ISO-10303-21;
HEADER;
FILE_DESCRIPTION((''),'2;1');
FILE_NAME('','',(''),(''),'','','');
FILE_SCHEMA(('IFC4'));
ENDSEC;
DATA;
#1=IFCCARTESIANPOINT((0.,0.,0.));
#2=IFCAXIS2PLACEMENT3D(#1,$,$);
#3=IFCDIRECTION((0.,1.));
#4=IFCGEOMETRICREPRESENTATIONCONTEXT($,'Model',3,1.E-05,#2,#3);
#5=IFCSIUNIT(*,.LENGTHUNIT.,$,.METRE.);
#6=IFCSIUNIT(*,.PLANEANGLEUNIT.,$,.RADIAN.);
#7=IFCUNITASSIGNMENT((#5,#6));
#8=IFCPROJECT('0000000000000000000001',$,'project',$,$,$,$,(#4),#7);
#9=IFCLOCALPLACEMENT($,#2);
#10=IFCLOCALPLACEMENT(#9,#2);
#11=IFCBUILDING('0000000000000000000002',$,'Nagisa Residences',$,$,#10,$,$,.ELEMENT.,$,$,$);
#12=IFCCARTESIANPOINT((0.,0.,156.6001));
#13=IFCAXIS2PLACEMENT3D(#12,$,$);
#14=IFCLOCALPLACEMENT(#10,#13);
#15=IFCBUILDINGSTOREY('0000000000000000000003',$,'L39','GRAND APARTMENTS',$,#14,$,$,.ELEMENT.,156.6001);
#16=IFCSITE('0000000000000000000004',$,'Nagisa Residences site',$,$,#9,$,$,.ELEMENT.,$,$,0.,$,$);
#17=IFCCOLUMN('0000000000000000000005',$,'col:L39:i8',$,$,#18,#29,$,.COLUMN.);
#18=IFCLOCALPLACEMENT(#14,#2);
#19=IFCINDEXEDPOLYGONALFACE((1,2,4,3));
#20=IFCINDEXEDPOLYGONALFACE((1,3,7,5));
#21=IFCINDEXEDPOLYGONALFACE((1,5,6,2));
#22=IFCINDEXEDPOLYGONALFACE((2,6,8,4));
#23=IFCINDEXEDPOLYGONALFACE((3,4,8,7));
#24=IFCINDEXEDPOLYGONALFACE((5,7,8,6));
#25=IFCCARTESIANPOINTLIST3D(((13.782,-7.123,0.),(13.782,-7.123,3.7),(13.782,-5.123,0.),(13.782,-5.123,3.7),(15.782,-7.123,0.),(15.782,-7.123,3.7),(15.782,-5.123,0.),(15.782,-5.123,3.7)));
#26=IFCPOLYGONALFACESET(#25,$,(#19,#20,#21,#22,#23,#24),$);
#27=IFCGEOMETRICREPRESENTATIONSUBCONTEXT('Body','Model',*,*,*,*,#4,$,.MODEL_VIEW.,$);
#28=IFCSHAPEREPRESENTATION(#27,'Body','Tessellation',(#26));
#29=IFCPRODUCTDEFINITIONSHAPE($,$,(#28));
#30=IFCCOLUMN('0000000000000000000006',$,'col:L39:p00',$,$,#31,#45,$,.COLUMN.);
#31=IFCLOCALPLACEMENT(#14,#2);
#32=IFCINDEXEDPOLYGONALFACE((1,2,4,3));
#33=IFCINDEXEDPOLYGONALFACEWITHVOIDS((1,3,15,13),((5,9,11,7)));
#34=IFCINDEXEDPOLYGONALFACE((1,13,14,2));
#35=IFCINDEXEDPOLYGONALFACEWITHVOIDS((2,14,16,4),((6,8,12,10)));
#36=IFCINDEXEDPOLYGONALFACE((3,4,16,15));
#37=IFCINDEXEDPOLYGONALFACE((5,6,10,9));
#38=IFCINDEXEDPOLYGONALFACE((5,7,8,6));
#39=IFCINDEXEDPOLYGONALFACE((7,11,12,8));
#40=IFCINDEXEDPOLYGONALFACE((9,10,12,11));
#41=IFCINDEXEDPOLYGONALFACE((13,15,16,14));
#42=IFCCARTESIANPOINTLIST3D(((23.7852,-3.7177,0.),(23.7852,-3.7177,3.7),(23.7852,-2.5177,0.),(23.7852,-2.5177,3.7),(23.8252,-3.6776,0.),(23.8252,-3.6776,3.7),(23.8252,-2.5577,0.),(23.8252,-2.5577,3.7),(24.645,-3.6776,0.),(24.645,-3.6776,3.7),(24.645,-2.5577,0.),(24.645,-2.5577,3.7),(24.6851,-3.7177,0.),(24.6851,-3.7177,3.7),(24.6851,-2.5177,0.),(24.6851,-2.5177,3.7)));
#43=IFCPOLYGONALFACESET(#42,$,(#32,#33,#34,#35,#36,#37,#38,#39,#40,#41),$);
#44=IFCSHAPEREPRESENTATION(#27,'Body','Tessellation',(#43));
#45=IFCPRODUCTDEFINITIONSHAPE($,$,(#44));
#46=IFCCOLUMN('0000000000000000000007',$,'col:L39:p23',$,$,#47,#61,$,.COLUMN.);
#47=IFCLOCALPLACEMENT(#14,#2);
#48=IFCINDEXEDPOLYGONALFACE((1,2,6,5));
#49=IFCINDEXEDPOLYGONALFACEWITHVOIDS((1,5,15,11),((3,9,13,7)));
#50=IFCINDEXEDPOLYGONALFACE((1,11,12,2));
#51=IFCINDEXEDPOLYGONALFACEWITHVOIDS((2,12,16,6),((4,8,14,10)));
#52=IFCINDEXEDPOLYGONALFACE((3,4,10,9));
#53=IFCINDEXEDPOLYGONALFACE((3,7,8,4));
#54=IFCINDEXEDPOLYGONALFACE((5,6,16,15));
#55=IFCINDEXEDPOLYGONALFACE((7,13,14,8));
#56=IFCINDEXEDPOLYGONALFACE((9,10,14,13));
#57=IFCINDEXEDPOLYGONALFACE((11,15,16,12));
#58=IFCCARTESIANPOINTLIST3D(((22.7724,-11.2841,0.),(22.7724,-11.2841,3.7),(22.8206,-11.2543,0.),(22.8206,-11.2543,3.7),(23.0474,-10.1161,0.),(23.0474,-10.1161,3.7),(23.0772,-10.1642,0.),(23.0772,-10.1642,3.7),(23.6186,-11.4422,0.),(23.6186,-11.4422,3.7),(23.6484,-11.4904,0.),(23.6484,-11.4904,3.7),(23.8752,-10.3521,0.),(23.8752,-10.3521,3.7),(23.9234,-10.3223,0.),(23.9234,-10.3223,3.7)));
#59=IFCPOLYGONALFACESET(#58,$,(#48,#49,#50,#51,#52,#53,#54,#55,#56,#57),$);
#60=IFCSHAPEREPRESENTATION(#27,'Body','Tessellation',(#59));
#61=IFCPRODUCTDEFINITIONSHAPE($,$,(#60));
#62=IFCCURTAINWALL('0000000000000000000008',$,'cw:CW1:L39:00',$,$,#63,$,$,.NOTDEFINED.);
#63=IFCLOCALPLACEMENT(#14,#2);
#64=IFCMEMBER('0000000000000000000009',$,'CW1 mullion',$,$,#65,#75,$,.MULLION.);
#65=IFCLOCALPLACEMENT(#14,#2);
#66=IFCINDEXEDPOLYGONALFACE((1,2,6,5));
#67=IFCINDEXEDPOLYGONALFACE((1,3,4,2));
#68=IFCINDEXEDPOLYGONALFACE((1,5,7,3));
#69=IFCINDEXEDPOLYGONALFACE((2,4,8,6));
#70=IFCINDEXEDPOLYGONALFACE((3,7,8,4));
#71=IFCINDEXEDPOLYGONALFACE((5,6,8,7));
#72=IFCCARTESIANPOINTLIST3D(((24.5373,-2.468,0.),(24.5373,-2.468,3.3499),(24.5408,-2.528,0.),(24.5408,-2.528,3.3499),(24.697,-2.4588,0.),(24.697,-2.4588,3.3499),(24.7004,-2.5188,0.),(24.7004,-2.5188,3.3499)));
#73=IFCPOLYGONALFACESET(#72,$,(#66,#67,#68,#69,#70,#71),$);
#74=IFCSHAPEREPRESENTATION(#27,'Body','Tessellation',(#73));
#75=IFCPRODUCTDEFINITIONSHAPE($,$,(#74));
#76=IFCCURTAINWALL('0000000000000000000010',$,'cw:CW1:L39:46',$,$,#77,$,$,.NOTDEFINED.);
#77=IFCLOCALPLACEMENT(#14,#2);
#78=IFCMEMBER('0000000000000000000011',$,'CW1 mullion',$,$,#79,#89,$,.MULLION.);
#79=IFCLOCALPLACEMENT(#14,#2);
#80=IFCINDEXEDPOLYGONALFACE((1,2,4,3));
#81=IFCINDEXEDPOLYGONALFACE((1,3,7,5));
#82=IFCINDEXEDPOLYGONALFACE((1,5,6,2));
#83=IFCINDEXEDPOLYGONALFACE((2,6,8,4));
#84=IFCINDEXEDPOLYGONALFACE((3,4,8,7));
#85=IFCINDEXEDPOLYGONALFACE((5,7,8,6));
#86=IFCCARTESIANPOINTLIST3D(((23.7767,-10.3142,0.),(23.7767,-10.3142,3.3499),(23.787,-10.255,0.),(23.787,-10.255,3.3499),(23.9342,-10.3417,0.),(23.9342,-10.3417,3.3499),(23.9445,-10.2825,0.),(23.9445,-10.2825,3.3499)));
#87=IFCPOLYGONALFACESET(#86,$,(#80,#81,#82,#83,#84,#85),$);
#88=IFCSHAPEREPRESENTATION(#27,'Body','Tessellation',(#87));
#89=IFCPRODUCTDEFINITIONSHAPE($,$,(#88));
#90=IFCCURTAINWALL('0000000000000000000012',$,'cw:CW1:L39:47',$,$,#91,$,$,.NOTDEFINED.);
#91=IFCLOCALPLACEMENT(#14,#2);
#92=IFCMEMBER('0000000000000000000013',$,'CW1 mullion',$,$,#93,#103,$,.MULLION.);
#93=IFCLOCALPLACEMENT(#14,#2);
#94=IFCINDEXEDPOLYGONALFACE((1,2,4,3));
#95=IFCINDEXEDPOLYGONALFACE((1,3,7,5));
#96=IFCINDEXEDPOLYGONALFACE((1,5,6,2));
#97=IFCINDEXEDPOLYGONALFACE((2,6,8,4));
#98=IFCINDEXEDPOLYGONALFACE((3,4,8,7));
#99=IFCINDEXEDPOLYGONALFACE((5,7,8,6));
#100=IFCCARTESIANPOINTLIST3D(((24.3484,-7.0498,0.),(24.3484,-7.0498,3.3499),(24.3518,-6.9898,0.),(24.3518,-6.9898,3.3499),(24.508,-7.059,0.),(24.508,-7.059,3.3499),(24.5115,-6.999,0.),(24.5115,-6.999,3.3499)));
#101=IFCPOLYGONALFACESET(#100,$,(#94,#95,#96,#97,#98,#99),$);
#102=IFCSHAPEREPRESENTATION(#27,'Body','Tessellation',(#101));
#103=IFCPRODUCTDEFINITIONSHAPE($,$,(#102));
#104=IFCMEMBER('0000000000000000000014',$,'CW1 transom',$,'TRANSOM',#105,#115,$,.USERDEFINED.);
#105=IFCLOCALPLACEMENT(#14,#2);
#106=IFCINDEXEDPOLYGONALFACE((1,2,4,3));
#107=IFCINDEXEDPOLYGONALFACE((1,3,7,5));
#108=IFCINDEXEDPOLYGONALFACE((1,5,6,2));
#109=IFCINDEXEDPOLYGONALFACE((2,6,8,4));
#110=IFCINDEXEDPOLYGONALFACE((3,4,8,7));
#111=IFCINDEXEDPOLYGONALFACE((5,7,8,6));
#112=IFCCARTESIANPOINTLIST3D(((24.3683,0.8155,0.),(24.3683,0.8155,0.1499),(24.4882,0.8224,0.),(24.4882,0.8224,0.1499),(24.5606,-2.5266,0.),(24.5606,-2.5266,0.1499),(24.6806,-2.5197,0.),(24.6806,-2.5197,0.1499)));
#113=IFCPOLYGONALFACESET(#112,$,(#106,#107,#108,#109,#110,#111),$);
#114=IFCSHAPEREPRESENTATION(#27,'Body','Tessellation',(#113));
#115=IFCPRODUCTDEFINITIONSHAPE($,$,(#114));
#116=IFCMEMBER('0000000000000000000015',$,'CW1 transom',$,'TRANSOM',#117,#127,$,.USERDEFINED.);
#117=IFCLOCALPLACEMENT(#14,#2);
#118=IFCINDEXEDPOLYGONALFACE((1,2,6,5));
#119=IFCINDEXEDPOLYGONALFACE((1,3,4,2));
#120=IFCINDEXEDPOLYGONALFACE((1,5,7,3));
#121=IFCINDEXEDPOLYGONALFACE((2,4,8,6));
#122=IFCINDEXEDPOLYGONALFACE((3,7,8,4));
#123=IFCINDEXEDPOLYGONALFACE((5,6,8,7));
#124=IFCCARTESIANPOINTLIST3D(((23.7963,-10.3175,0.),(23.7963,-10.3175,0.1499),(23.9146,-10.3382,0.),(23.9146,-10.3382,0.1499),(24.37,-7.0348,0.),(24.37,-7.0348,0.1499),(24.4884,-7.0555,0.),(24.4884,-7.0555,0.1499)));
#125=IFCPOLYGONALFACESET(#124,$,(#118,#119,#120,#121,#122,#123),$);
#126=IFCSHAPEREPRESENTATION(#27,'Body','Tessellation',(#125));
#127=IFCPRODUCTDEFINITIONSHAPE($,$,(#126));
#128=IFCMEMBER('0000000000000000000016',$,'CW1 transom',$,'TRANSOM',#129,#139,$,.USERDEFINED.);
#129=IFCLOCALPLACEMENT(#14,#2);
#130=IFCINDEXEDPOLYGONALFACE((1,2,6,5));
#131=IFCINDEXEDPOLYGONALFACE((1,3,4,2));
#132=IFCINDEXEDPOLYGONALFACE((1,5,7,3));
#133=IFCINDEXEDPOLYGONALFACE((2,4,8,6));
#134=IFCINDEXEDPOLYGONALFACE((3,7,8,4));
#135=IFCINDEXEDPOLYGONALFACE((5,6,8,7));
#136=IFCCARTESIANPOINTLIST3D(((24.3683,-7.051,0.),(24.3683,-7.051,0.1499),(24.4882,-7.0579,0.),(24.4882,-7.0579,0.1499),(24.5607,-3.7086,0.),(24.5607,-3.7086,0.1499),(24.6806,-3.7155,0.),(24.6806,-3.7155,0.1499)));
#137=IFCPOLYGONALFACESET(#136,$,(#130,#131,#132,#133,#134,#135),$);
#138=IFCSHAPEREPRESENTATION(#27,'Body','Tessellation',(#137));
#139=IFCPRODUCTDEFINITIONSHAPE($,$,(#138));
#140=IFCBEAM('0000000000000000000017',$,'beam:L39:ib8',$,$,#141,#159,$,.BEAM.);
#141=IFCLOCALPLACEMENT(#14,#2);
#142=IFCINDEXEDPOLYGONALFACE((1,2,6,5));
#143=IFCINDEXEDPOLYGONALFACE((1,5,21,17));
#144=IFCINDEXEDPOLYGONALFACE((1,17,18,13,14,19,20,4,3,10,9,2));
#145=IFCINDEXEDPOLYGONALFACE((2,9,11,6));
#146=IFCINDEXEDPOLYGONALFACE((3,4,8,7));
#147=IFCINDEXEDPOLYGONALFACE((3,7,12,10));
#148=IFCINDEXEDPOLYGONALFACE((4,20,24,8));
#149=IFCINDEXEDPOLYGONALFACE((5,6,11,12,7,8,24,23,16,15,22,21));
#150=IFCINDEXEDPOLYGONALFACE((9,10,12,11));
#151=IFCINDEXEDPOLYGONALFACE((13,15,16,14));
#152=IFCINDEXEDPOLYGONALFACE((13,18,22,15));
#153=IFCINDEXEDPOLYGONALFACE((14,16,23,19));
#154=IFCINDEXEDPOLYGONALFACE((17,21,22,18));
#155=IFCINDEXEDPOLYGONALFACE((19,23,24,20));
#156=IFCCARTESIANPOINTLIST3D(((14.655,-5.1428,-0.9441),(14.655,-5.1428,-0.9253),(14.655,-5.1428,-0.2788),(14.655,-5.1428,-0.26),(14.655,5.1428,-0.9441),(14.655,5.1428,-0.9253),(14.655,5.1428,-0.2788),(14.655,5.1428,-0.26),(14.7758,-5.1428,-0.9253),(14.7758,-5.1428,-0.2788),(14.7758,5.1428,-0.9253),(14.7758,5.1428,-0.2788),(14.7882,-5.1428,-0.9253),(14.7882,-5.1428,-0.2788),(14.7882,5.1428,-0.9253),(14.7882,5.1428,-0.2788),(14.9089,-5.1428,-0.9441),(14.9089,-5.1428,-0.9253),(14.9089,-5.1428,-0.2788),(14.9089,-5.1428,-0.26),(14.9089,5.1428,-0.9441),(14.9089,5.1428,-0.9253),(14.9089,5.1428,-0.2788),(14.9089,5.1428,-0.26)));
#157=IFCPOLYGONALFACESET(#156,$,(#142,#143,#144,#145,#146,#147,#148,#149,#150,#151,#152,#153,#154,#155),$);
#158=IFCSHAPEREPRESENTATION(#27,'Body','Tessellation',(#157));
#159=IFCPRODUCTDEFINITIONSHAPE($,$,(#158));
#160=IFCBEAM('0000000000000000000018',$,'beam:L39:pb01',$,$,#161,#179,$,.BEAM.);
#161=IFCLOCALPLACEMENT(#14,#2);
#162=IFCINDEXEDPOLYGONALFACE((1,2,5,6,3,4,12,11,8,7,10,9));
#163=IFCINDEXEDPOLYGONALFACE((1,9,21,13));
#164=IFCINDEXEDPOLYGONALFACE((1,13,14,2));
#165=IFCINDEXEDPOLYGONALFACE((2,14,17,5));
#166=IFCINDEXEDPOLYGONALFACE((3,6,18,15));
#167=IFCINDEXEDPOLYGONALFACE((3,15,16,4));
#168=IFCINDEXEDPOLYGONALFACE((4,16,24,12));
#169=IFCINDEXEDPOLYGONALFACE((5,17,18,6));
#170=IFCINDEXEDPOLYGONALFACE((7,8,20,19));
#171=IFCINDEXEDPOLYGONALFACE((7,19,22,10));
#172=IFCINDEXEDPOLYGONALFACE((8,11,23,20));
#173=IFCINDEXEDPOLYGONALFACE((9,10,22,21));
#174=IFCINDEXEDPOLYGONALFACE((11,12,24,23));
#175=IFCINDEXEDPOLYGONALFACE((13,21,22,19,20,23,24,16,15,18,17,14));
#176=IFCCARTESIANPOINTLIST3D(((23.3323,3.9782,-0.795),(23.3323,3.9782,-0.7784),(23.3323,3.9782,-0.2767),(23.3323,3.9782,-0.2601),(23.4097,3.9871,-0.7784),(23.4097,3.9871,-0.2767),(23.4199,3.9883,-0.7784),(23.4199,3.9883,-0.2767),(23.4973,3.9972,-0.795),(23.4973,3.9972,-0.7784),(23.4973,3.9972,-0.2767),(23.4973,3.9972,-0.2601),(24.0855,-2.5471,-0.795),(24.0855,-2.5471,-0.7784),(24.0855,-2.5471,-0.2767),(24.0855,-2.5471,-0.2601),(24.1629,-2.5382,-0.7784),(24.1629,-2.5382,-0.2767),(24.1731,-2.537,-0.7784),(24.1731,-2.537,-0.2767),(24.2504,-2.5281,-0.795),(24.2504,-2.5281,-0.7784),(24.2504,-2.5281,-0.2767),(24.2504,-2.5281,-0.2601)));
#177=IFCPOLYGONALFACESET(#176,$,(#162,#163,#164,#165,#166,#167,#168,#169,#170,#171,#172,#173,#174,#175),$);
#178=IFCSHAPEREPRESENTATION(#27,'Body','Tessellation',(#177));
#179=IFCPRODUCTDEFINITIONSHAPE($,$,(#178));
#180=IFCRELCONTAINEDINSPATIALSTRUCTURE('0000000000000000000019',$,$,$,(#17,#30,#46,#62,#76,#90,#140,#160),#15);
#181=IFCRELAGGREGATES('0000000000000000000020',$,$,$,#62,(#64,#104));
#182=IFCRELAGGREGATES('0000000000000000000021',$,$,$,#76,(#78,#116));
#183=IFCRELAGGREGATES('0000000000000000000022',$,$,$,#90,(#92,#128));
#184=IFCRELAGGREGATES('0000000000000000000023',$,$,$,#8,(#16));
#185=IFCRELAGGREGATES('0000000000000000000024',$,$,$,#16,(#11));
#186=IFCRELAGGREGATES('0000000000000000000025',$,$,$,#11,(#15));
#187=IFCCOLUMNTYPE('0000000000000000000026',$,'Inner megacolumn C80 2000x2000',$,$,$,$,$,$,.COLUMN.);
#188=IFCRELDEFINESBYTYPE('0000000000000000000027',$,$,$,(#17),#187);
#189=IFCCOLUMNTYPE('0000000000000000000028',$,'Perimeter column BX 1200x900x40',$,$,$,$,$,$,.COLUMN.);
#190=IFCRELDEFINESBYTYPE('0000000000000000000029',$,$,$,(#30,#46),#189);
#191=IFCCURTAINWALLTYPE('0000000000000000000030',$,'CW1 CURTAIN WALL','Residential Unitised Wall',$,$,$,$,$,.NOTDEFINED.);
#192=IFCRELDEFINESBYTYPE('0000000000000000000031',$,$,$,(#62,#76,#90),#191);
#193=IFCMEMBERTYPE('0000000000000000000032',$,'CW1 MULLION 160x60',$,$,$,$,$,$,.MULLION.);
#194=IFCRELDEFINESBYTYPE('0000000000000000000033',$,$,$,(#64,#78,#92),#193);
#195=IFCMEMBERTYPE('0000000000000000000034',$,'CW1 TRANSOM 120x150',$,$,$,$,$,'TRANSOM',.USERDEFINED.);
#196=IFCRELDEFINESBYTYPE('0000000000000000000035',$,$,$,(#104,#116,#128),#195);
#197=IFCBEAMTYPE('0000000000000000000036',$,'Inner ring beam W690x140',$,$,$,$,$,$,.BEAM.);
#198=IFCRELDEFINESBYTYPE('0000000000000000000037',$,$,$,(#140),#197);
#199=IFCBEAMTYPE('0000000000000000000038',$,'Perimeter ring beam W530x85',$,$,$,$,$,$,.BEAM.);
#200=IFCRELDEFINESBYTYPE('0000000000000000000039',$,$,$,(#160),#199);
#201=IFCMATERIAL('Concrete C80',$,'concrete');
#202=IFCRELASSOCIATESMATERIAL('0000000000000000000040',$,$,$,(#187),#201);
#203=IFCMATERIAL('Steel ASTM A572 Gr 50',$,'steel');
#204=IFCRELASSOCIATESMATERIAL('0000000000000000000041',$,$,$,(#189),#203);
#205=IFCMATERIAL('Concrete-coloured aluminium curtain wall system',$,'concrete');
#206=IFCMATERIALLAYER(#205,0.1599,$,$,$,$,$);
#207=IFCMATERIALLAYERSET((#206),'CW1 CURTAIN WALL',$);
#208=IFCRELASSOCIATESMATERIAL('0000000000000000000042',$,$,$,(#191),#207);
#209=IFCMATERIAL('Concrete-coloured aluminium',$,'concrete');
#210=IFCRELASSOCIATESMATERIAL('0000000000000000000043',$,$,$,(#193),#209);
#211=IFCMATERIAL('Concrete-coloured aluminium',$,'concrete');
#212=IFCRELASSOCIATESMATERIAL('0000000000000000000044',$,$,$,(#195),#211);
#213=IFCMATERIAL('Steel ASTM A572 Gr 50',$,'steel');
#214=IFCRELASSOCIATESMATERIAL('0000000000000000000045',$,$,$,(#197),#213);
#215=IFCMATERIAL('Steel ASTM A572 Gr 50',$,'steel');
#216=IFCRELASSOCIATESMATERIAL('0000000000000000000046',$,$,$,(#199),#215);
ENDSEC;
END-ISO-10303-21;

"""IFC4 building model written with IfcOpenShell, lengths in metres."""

from ifc_helpers import new_model, si_unit, direction, frame, origin, origin_2d, place, context, subcontext, project, spatial, rectangle, hollow_rectangle, i_section, extrude, material, layer, layer_set, material_profile, profile_set, type_object, element, aggregate, save


model = new_model("IFC4")

# Units and contexts
model_context = context("Model", 3, precision=1e-05, world=origin(), true_north=direction((0.0, 1.0)))
body_context = subcontext(model_context, "Body", "Model", "MODEL_VIEW")
ifc_project = project(units=[si_unit("LENGTHUNIT", "METRE"), si_unit("PLANEANGLEUNIT", "RADIAN")], contexts=[model_context])

# Site, building, storey
site_placement = place(None, origin())
site = spatial("IfcSite", under=ifc_project, at=site_placement, Name="Nagisa Residences site", CompositionType="ELEMENT", RefElevation=0.0)
building_placement = place(site_placement, origin())
building = spatial("IfcBuilding", under=site, at=building_placement, Name="Nagisa Residences", CompositionType="ELEMENT")
storey_placement = place(building_placement, frame((0.0, 0.0, 156.6001)))
storey = spatial("IfcBuildingStorey", under=building, at=storey_placement, Name="L39", Description="GRAND APARTMENTS", CompositionType="ELEMENT", Elevation=156.6001)

# Columns
ifc_material_1 = material(Name="Concrete C80", Category="concrete")
ifc_material_profile_1 = material_profile(ifc_material_1, rectangle(XDim=2.0, YDim=2.0, at=origin_2d()), Name="C80 2000x2000")
ifc_profile_set_1 = profile_set([ifc_material_profile_1], Name="Concrete C80")
column_type_1 = type_object("IfcColumnType", Name="Inner megacolumn C80 2000x2000", PredefinedType="COLUMN", material=ifc_profile_set_1)
column_placement = place(storey_placement, frame((14.782, -6.123, 0.0), z_axis=(0.0, 0.0, 1.0), x_axis=(1.0, 0.0, 0.0)))
element("IfcColumn", 1, at=column_placement, inside=storey, type_object=column_type_1, Name="col:L39:i8", PredefinedType="COLUMN", context=body_context, shape_type="SweptSolid", body=[
    extrude(rectangle(XDim=2.0, YDim=2.0, at=origin_2d()), origin(), (0.0, 0.0, 1.0), 3.7),
])
ifc_material_2 = material(Name="Steel ASTM A572 Gr 50", Category="steel")
ifc_material_profile_2 = material_profile(ifc_material_2, hollow_rectangle(XDim=1.2, YDim=0.8999, WallThickness=0.04, at=origin_2d()), Name="BX 1200x900x40")
ifc_profile_set_2 = profile_set([ifc_material_profile_2], Name="Steel ASTM A572 Gr 50")
column_type_2 = type_object("IfcColumnType", Name="Perimeter column BX 1200x900x40", PredefinedType="COLUMN", material=ifc_profile_set_2)
for number, where, z_axis, x_axis, name in (
    (2, (24.2351, -3.1177, 0.0), (0.0, 0.0, 1.0), (0.0, 1.0, 0.0), "col:L39:p00"),
    (3, (23.3479, -10.8032, 0.0), (0.0, 0.0, 1.0), (0.229202, 0.973379, 0.0), "col:L39:p23"),
):
    element("IfcColumn", number, at=place(storey_placement, frame(where, z_axis=z_axis, x_axis=x_axis)), inside=storey, type_object=column_type_2, Name=name, PredefinedType="COLUMN", context=body_context, shape_type="SweptSolid", body=[
        extrude(hollow_rectangle(XDim=1.2, YDim=0.8999, WallThickness=0.04, at=origin_2d()), origin(), (0.0, 0.0, 1.0), 3.7),
    ])

# Curtain walls, members
ifc_material_3 = material(Name="Concrete-coloured aluminium curtain wall system", Category="concrete")
ifc_layer_1 = layer(ifc_material_3, 0.1599)
ifc_layer_set_1 = layer_set([ifc_layer_1], Name="CW1 CURTAIN WALL")
curtain_wall_type = type_object("IfcCurtainWallType", Name="CW1 CURTAIN WALL", Description="Residential Unitised Wall", PredefinedType="NOTDEFINED", material=ifc_layer_set_1)
curtain_wall_1_placement = place(storey_placement, origin())
curtain_wall_1 = element("IfcCurtainWall", 4, at=curtain_wall_1_placement, inside=storey, type_object=curtain_wall_type, Name="cw:CW1:L39:00", PredefinedType="NOTDEFINED")
ifc_material_4 = material(Name="Concrete-coloured aluminium", Category="concrete")
ifc_material_profile_3 = material_profile(ifc_material_4, rectangle(XDim=0.1599, YDim=0.0601, at=origin_2d()), Name="CW1 MULLION 160x60")
ifc_profile_set_3 = profile_set([ifc_material_profile_3], Name="Concrete-coloured aluminium")
member_type_1 = type_object("IfcMemberType", Name="CW1 MULLION 160x60", PredefinedType="MULLION", material=ifc_profile_set_3)
member_1_placement = place(storey_placement, frame((24.6189, -2.4934, 0.0), z_axis=(0.0, 0.0, 1.0), x_axis=(-0.998345, -0.057503, 0.0)))
member_1 = element("IfcMember", 5, at=member_1_placement, type_object=member_type_1, Name="CW1 mullion", PredefinedType="MULLION", context=body_context, shape_type="SweptSolid", body=[
    extrude(rectangle(XDim=0.1599, YDim=0.0601, at=origin_2d()), origin(), (0.0, 0.0, 1.0), 3.3499),
])
curtain_wall_2_placement = place(storey_placement, origin())
curtain_wall_2 = element("IfcCurtainWall", 6, at=curtain_wall_2_placement, inside=storey, type_object=curtain_wall_type, Name="cw:CW1:L39:46", PredefinedType="NOTDEFINED")
member_2_placement = place(storey_placement, frame((23.8606, -10.2983, 0.0), z_axis=(0.0, 0.0, 1.0), x_axis=(-0.985064, 0.172191, 0.0)))
member_2 = element("IfcMember", 7, at=member_2_placement, type_object=member_type_1, Name="CW1 mullion", PredefinedType="MULLION", context=body_context, shape_type="SweptSolid", body=[
    extrude(rectangle(XDim=0.1599, YDim=0.0601, at=origin_2d()), origin(), (0.0, 0.0, 1.0), 3.3499),
])
curtain_wall_3_placement = place(storey_placement, origin())
curtain_wall_3 = element("IfcCurtainWall", 8, at=curtain_wall_3_placement, inside=storey, type_object=curtain_wall_type, Name="cw:CW1:L39:47", PredefinedType="NOTDEFINED")
member_3_placement = place(storey_placement, frame((24.4299, -7.0244, 0.0), z_axis=(0.0, 0.0, 1.0), x_axis=(-0.998345, 0.057503, 0.0)))
member_3 = element("IfcMember", 9, at=member_3_placement, type_object=member_type_1, Name="CW1 mullion", PredefinedType="MULLION", context=body_context, shape_type="SweptSolid", body=[
    extrude(rectangle(XDim=0.1599, YDim=0.0601, at=origin_2d()), origin(), (0.0, 0.0, 1.0), 3.3499),
])

# Members
ifc_material_5 = material(Name="Concrete-coloured aluminium", Category="concrete")
ifc_material_profile_4 = material_profile(ifc_material_5, rectangle(XDim=0.1201, YDim=0.1499, at=origin_2d()), Name="CW1 TRANSOM 120x150")
ifc_profile_set_4 = profile_set([ifc_material_profile_4], Name="Concrete-coloured aluminium")
member_type_2 = type_object("IfcMemberType", Name="CW1 TRANSOM 120x150", ElementType="TRANSOM", PredefinedType="USERDEFINED", material=ifc_profile_set_4)
member_4_placement = place(storey_placement, frame((24.6206, -2.5232, 0.075), z_axis=(-0.057469, 0.998347, 0.0), x_axis=(-0.998347, -0.057469, 0.0)))
member_4 = element("IfcMember", 10, at=member_4_placement, type_object=member_type_2, Name="CW1 transom", ObjectType="TRANSOM", PredefinedType="USERDEFINED", context=body_context, shape_type="SweptSolid", body=[
    extrude(rectangle(XDim=0.1201, YDim=0.1499, at=origin_2d()), origin(), (0.0, 0.0, 1.0), 3.3477),
])
member_5_placement = place(storey_placement, frame((23.8555, -10.3279, 0.075), z_axis=(0.172164, 0.985068, 0.0), x_axis=(-0.985068, 0.172164, 0.0)))
member_5 = element("IfcMember", 11, at=member_5_placement, type_object=member_type_2, Name="CW1 transom", ObjectType="TRANSOM", PredefinedType="USERDEFINED", context=body_context, shape_type="SweptSolid", body=[
    extrude(rectangle(XDim=0.1201, YDim=0.1499, at=origin_2d()), origin(), (0.0, 0.0, 1.0), 3.3325),
])
member_6_placement = place(storey_placement, frame((24.4282, -7.0544, 0.075), z_axis=(0.057465, 0.998348, 0.0), x_axis=(-0.998348, 0.057465, 0.0)))
member_6 = element("IfcMember", 12, at=member_6_placement, type_object=member_type_2, Name="CW1 transom", ObjectType="TRANSOM", PredefinedType="USERDEFINED", context=body_context, shape_type="SweptSolid", body=[
    extrude(rectangle(XDim=0.1201, YDim=0.1499, at=origin_2d()), origin(), (0.0, 0.0, 1.0), 3.3479),
])

# Beams
ifc_material_6 = material(Name="Steel ASTM A572 Gr 50", Category="steel")
ifc_material_profile_5 = material_profile(ifc_material_6, i_section(OverallWidth=0.2539, OverallDepth=0.6841, WebThickness=0.0125, FlangeThickness=0.0188, at=origin_2d()), Name="W690x140")
ifc_profile_set_5 = profile_set([ifc_material_profile_5], Name="Steel ASTM A572 Gr 50")
beam_type_1 = type_object("IfcBeamType", Name="Inner ring beam W690x140", PredefinedType="BEAM", material=ifc_profile_set_5)
beam_1_placement = place(storey_placement, frame((14.782, -5.1428, -0.6021), z_axis=(0.0, 1.0, 0.0), x_axis=(-1.0, 0.0, 0.0)))
element("IfcBeam", 13, at=beam_1_placement, inside=storey, type_object=beam_type_1, Name="beam:L39:ib8", PredefinedType="BEAM", context=body_context, shape_type="SweptSolid", body=[
    extrude(i_section(OverallWidth=0.2539, OverallDepth=0.6841, WebThickness=0.0125, FlangeThickness=0.0188, at=origin_2d()), origin(), (0.0, 0.0, 1.0), 10.2856),
])
ifc_material_7 = material(Name="Steel ASTM A572 Gr 50", Category="steel")
ifc_material_profile_6 = material_profile(ifc_material_7, i_section(OverallWidth=0.166, OverallDepth=0.5349, WebThickness=0.0103, FlangeThickness=0.0166, at=origin_2d()), Name="W530x85")
ifc_profile_set_6 = profile_set([ifc_material_profile_6], Name="Steel ASTM A572 Gr 50")
beam_type_2 = type_object("IfcBeamType", Name="Perimeter ring beam W530x85", PredefinedType="BEAM", material=ifc_profile_set_6)
for number, where, z_axis, x_axis, name in (
    (14, (24.168, -2.5376, -0.5276), (-0.114661, 0.993405, 0.0), (-0.993405, -0.114661, 0.0), "beam:L39:pb01"),
):
    element("IfcBeam", number, at=place(storey_placement, frame(where, z_axis=z_axis, x_axis=x_axis)), inside=storey, type_object=beam_type_2, Name=name, PredefinedType="BEAM", context=body_context, shape_type="SweptSolid", body=[
        extrude(i_section(OverallWidth=0.166, OverallDepth=0.5349, WebThickness=0.0103, FlangeThickness=0.0166, at=origin_2d()), origin(), (0.0, 0.0, 1.0), 6.5686),
    ])

aggregate(curtain_wall_1, [member_1, member_4])
aggregate(curtain_wall_2, [member_2, member_5])
aggregate(curtain_wall_3, [member_3, member_6])

save(model, "model.ifc")
